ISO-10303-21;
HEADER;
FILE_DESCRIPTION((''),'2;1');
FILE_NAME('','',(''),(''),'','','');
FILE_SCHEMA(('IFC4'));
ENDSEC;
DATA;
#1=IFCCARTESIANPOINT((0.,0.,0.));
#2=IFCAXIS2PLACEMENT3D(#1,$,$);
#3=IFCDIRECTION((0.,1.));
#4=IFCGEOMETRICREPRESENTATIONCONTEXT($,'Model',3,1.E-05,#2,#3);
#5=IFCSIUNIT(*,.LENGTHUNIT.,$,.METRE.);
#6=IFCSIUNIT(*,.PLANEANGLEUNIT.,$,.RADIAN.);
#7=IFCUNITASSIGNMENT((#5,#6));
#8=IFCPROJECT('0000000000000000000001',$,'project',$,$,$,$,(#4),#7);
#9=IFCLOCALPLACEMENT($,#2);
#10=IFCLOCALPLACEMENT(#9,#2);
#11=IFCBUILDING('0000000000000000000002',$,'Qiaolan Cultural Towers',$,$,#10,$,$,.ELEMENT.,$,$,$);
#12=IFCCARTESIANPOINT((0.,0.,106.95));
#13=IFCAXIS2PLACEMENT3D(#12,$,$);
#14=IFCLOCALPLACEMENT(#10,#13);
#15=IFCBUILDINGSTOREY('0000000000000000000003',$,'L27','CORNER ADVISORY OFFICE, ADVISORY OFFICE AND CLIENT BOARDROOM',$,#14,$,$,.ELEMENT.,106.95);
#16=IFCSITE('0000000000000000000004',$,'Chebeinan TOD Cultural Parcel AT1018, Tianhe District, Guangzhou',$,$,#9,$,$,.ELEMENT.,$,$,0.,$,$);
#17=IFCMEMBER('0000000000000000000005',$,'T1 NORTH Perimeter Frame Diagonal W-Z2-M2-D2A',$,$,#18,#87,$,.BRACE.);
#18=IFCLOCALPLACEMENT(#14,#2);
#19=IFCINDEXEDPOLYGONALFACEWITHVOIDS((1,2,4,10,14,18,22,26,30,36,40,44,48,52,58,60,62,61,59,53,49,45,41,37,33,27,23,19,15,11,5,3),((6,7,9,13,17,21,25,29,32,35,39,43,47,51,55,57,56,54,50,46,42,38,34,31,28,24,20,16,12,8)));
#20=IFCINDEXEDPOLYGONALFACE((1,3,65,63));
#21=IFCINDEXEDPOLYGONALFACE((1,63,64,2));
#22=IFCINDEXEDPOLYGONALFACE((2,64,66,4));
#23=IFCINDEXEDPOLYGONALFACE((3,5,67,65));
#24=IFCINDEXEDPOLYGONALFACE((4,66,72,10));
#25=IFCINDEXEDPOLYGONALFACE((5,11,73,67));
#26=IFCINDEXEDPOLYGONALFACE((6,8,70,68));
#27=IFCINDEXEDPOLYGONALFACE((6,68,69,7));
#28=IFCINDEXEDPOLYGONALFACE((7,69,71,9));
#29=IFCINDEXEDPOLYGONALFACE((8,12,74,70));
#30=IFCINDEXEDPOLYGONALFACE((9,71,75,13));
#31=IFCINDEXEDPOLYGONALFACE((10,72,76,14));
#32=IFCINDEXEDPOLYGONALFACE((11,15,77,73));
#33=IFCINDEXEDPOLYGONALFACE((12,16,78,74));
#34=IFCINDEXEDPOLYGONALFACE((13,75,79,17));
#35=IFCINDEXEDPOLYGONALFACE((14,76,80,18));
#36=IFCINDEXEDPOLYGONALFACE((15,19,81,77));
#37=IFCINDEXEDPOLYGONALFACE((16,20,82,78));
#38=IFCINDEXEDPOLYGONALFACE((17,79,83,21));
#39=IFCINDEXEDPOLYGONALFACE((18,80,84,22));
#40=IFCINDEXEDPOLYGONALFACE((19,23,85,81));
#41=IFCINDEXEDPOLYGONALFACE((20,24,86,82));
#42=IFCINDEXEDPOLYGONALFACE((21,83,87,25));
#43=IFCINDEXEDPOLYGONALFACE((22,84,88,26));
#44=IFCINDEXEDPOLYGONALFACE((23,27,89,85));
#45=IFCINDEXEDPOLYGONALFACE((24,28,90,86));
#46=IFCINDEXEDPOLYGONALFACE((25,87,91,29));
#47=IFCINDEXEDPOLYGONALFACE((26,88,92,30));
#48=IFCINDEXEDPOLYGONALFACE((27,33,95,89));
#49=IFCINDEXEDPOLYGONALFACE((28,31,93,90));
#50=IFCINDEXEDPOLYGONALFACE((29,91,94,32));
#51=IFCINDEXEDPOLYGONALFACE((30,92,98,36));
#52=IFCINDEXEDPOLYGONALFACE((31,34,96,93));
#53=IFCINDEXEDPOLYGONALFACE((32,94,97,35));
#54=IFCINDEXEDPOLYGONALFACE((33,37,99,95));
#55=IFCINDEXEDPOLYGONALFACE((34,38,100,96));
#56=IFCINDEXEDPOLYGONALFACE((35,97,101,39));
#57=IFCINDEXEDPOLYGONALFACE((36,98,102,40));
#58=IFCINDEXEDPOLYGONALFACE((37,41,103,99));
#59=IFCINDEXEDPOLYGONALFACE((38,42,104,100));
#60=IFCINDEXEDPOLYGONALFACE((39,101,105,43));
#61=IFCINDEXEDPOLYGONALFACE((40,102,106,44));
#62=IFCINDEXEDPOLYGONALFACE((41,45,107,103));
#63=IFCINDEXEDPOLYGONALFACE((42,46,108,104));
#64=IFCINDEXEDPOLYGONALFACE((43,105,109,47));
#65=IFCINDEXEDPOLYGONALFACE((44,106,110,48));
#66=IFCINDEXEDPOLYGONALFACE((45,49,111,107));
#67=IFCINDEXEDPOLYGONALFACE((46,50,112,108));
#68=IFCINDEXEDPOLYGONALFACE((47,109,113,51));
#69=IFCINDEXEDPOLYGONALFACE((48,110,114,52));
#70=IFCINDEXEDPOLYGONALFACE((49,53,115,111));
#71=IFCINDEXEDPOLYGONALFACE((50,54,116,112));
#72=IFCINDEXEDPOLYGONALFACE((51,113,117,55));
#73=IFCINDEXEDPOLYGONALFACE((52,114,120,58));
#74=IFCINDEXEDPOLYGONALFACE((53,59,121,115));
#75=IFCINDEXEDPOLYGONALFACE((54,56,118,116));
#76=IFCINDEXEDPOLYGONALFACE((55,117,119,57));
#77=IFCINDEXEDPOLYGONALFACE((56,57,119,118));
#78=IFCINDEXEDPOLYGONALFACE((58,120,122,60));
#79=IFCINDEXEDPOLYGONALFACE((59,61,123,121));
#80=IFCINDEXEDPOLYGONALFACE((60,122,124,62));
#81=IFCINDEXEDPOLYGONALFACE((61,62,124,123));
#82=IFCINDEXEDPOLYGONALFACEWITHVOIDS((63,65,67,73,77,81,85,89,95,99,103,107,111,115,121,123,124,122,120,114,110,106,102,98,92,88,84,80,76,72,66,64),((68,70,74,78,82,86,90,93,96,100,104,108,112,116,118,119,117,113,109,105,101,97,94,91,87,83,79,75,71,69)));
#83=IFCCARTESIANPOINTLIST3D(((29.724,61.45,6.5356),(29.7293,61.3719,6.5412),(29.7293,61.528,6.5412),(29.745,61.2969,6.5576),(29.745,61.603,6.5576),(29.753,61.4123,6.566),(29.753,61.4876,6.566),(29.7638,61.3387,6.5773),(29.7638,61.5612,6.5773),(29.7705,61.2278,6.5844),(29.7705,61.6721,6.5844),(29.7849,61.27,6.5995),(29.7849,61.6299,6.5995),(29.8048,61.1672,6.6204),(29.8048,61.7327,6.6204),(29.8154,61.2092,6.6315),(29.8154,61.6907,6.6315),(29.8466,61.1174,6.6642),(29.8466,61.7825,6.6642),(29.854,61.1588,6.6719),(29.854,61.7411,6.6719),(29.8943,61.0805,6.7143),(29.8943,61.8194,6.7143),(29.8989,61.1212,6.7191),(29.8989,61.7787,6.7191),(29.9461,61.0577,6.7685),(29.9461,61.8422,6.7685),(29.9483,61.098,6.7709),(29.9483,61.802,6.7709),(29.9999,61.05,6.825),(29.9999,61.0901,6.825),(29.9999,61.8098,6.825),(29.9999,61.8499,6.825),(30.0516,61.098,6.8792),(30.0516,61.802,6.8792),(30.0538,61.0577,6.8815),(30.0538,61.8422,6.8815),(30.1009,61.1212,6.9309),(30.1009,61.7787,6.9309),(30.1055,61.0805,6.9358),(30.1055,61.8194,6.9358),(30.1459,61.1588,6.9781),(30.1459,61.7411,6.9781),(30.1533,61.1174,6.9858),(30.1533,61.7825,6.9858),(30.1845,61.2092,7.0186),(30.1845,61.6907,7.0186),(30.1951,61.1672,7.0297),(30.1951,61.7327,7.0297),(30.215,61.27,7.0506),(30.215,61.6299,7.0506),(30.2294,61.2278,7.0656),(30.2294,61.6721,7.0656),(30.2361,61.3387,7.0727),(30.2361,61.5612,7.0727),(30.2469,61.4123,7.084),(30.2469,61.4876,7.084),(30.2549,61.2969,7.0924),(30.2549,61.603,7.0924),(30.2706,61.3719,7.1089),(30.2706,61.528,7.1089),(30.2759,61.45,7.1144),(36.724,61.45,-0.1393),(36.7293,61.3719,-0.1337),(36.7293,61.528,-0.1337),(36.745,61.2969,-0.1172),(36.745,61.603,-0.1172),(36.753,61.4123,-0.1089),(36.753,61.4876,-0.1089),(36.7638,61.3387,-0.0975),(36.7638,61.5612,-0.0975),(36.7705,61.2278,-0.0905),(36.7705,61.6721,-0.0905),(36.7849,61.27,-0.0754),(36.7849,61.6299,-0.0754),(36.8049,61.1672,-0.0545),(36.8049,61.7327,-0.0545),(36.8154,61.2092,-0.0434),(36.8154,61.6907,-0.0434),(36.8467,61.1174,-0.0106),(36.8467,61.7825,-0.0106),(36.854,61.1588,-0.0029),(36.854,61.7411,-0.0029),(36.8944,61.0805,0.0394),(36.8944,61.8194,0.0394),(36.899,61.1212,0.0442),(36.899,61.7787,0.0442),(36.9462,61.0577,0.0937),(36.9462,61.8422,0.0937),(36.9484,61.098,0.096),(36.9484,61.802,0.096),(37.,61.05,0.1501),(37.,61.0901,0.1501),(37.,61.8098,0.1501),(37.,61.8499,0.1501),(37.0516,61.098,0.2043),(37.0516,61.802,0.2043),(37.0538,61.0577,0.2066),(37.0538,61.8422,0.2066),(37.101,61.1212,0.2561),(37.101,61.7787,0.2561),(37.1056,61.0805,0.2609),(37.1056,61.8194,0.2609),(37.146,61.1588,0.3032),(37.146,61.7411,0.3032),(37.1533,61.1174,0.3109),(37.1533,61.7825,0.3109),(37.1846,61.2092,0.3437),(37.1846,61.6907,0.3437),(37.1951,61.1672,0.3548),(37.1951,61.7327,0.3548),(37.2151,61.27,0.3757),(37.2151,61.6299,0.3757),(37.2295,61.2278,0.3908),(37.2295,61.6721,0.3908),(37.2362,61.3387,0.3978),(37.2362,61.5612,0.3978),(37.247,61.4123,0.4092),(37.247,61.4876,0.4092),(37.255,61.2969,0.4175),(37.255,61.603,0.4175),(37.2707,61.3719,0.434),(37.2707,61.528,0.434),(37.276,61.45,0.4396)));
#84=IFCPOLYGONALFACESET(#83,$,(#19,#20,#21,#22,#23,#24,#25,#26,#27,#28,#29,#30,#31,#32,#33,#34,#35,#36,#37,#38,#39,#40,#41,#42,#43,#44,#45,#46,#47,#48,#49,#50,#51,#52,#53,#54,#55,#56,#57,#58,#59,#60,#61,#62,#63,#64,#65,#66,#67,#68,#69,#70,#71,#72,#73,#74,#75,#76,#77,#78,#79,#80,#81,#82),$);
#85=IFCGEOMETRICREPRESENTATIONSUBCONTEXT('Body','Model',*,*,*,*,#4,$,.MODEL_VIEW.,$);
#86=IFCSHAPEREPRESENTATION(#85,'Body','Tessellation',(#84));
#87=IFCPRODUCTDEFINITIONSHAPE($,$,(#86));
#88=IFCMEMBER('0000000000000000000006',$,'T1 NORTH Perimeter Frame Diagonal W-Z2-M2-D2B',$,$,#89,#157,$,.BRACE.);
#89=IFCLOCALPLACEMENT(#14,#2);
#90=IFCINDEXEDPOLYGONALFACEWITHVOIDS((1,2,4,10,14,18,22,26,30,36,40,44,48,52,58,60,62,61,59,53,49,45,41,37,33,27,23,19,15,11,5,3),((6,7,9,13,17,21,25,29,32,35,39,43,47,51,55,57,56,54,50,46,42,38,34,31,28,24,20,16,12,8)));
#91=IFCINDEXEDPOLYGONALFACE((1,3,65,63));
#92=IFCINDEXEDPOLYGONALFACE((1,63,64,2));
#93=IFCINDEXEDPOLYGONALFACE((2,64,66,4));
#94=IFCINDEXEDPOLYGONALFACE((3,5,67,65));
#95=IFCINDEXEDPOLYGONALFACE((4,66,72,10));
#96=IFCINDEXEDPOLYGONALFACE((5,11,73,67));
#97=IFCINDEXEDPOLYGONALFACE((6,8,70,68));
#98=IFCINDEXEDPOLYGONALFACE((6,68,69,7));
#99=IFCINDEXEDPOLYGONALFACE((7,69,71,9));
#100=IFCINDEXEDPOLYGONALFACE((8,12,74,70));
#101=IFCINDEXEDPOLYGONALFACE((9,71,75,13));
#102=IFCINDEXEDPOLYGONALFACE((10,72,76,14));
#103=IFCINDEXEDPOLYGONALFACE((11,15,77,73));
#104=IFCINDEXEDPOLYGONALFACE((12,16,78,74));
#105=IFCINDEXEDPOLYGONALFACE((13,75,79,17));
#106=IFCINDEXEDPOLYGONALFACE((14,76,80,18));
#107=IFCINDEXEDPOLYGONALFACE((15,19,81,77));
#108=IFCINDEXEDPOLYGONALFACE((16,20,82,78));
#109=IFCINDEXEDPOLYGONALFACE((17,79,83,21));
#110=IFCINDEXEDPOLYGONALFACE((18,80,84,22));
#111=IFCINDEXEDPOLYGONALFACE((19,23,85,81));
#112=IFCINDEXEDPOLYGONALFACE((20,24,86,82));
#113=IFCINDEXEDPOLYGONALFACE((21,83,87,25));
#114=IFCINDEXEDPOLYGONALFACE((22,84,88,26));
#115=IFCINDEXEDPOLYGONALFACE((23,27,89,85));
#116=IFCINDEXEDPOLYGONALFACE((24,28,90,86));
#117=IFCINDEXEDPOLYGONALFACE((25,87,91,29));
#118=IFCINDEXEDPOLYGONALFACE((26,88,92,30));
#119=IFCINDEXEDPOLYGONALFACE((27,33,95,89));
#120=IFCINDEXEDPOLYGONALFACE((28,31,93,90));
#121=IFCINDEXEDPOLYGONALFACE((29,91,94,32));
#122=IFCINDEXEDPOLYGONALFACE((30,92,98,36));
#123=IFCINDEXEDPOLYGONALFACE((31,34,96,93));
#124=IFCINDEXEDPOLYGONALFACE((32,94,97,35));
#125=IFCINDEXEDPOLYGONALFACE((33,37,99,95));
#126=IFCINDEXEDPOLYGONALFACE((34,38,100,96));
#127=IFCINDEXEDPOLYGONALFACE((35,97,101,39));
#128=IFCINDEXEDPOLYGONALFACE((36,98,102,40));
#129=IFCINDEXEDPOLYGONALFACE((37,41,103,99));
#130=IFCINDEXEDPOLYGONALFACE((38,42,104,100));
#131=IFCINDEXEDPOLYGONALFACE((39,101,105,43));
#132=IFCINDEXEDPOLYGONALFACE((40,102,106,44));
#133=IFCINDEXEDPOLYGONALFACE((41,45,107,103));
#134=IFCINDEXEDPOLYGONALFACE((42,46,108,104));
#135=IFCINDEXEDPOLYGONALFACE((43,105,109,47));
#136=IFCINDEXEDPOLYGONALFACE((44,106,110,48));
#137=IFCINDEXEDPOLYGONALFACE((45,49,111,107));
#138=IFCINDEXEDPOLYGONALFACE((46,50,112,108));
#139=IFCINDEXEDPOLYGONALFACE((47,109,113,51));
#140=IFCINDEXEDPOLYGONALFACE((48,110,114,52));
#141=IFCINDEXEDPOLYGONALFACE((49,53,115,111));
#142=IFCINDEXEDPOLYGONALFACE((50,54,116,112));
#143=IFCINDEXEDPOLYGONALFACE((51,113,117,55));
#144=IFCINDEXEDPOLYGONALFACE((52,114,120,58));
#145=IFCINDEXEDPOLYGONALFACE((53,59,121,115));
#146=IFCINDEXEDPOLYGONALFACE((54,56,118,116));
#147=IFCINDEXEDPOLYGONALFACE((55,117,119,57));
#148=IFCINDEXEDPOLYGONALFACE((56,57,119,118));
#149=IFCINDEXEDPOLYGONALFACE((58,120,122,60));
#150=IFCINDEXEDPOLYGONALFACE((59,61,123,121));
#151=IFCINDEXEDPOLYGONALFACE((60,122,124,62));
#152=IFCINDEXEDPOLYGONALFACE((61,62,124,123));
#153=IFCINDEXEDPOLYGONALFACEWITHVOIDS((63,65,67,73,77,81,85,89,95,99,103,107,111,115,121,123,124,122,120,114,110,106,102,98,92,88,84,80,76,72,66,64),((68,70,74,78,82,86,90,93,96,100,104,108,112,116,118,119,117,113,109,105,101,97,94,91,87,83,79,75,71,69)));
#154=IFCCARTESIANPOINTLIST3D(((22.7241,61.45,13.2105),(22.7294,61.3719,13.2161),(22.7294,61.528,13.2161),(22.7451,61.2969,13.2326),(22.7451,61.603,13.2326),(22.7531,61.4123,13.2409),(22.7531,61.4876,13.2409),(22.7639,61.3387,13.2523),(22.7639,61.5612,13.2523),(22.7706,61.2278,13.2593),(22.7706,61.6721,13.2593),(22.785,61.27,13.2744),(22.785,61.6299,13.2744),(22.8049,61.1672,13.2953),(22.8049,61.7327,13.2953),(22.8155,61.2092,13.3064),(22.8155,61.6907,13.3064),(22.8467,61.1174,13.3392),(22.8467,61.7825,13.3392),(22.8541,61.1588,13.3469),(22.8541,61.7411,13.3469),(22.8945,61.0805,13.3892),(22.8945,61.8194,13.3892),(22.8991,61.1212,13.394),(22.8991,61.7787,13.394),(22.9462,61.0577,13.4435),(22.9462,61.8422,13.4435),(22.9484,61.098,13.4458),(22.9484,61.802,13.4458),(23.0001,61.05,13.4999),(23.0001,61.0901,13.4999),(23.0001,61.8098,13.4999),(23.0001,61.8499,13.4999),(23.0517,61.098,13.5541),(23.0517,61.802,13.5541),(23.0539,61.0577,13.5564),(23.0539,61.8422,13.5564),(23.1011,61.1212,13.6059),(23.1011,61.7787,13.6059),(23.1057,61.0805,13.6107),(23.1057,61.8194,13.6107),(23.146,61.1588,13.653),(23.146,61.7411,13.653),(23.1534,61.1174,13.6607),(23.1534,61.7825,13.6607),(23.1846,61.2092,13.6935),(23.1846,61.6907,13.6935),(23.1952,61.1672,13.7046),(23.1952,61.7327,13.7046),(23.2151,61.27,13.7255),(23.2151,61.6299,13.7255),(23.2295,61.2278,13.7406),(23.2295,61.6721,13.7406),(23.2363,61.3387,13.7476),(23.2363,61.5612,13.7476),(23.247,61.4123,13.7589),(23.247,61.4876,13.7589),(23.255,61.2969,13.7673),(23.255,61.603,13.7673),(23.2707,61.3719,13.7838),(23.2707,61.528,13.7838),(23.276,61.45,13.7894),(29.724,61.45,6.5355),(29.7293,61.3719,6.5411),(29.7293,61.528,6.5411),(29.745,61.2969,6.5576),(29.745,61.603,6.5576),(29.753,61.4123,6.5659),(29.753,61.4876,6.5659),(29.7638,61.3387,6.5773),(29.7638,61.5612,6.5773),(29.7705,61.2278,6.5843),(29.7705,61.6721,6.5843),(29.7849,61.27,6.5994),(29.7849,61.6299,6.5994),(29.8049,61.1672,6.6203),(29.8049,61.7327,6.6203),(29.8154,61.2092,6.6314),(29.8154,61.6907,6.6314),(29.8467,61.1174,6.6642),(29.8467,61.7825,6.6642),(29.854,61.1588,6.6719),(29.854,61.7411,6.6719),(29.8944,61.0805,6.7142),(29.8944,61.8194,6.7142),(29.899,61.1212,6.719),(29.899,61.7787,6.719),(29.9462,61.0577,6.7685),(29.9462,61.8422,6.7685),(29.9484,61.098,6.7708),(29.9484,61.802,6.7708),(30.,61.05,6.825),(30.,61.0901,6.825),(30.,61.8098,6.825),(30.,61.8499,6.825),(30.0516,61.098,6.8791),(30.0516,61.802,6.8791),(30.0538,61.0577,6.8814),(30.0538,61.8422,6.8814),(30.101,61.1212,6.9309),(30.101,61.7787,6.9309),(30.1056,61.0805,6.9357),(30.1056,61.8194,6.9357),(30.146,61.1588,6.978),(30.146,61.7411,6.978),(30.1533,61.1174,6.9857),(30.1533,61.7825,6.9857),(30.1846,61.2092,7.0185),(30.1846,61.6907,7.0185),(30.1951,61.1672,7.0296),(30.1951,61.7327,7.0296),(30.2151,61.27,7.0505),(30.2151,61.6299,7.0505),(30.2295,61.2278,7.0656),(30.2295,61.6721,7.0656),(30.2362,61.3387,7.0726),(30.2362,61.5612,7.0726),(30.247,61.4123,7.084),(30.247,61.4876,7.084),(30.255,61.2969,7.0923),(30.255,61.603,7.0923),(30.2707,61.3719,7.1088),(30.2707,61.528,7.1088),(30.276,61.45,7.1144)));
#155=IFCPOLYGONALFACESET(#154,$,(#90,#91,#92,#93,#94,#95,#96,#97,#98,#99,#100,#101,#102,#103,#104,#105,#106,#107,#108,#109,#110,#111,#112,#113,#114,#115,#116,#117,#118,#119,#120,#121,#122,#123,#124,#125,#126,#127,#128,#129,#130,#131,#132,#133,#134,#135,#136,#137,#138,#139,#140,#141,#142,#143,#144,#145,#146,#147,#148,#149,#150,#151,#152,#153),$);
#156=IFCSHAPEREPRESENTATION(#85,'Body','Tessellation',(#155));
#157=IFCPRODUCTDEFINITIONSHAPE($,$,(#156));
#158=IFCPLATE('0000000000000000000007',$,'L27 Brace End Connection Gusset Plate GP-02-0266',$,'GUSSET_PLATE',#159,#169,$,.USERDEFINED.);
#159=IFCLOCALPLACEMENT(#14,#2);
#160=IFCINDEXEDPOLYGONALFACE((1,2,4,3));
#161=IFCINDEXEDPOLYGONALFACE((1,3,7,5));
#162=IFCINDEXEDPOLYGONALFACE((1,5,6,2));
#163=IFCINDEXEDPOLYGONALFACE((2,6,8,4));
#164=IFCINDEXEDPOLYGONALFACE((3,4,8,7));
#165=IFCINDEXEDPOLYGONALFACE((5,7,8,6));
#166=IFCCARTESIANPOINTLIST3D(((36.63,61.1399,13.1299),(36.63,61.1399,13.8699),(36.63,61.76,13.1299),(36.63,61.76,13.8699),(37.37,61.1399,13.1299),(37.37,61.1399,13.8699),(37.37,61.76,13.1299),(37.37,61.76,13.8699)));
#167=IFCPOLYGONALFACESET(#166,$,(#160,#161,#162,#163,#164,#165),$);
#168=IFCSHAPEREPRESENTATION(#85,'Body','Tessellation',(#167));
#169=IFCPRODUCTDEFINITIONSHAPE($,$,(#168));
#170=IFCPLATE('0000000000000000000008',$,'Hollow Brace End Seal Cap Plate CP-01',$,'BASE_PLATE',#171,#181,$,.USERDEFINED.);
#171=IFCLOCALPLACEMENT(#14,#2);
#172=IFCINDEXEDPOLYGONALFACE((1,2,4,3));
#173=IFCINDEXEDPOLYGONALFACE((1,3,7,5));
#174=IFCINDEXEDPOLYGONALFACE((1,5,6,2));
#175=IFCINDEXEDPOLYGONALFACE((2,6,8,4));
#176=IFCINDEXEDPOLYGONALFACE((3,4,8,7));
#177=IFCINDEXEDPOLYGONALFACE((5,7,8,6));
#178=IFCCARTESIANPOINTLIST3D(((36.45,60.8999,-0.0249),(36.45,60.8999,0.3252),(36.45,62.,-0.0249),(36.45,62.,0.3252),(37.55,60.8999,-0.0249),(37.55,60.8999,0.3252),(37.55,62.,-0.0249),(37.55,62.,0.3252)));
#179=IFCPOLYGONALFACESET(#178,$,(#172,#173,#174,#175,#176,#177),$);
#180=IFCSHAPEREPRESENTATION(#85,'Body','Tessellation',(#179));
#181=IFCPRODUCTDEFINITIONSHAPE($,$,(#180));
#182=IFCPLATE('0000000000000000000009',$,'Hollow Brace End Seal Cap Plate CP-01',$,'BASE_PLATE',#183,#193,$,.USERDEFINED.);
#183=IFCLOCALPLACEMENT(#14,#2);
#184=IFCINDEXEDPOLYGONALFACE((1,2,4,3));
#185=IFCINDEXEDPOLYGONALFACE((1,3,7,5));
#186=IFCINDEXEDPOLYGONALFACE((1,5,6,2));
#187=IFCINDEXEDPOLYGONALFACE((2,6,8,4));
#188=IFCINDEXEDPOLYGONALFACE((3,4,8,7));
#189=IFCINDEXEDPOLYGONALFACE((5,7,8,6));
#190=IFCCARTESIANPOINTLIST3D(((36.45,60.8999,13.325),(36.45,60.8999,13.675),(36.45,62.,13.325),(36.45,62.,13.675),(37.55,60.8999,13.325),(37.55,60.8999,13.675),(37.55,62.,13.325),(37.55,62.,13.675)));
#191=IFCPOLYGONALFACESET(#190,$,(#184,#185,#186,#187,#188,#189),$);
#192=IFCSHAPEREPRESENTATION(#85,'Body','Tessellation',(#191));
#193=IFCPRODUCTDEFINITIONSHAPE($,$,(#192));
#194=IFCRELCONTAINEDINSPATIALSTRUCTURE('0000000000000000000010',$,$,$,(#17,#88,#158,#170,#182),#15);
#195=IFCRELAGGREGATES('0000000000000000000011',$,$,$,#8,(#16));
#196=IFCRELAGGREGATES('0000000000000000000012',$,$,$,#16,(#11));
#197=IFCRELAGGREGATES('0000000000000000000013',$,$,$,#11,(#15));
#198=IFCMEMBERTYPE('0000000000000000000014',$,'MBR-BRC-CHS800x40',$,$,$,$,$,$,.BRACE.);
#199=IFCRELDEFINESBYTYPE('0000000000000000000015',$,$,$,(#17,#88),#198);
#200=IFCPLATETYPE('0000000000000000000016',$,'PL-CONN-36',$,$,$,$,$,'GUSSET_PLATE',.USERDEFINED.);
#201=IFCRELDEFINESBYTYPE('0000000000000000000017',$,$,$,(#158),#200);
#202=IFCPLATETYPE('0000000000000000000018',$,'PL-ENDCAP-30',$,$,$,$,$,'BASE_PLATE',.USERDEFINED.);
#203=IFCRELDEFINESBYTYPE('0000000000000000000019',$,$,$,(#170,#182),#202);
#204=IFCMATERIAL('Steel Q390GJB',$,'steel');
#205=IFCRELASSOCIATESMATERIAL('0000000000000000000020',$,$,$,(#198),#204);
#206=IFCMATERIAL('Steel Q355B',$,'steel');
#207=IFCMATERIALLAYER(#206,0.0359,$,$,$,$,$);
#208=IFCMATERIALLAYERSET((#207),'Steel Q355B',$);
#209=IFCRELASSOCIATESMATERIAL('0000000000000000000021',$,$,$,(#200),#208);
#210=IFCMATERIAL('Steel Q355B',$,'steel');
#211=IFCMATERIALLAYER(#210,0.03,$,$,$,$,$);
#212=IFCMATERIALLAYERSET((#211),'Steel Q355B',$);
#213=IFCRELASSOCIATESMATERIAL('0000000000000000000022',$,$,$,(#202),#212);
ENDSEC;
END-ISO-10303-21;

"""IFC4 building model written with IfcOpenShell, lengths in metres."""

from ifc_helpers import new_model, si_unit, direction, frame, origin, origin_2d, place, context, subcontext, project, spatial, rectangle, hollow_circle, extrude, material, layer, layer_set, material_profile, profile_set, type_object, element, save


model = new_model("IFC4")

# Units and contexts
model_context = context("Model", 3, precision=1e-05, world=origin(), true_north=direction((0.0, 1.0)))
body_context = subcontext(model_context, "Body", "Model", "MODEL_VIEW")
ifc_project = project(units=[si_unit("LENGTHUNIT", "METRE"), si_unit("PLANEANGLEUNIT", "RADIAN")], contexts=[model_context])

# Site, building, storey
site_placement = place(None, origin())
site = spatial("IfcSite", under=ifc_project, at=site_placement, Name="Chebeinan TOD Cultural Parcel AT1018, Tianhe District, Guangzhou", CompositionType="ELEMENT", RefElevation=0.0)
building_placement = place(site_placement, origin())
building = spatial("IfcBuilding", under=site, at=building_placement, Name="Qiaolan Cultural Towers", CompositionType="ELEMENT")
storey_placement = place(building_placement, frame((0.0, 0.0, 106.95)))
storey = spatial("IfcBuildingStorey", under=building, at=storey_placement, Name="L27", Description="CORNER ADVISORY OFFICE, ADVISORY OFFICE AND CLIENT BOARDROOM", CompositionType="ELEMENT", Elevation=106.95)

# Members
ifc_material_1 = material(Name="Steel Q390GJB", Category="steel")
ifc_material_profile_1 = material_profile(ifc_material_1, hollow_circle(Radius=0.3999, WallThickness=0.04, at=origin_2d()), Name="CHS800x40")
ifc_profile_set_1 = profile_set([ifc_material_profile_1], Name="Steel Q390GJB")
member_type = type_object("IfcMemberType", Name="MBR-BRC-CHS800x40", PredefinedType="BRACE", material=ifc_profile_set_1)
for number, where, z_axis, x_axis, name in (
    (1, (37.0, 61.45, 0.1501), (-0.723718, 0.0, 0.690096), (0.0, -1.0, 0.0), "T1 NORTH Perimeter Frame Diagonal W-Z2-M2-D2A"),
    (2, (30.0, 61.45, 6.825), (-0.723705, 0.0, 0.690109), (0.0, -1.0, 0.0), "T1 NORTH Perimeter Frame Diagonal W-Z2-M2-D2B"),
):
    element("IfcMember", number, at=place(storey_placement, frame(where, z_axis=z_axis, x_axis=x_axis)), inside=storey, type_object=member_type, Name=name, PredefinedType="BRACE", context=body_context, shape_type="SweptSolid", body=[
        extrude(hollow_circle(Radius=0.3999, WallThickness=0.04, at=origin_2d()), origin(), (0.0, 0.0, 1.0), 9.6724),
    ])

# Plates
ifc_material_2 = material(Name="Steel Q355B", Category="steel")
ifc_layer_1 = layer(ifc_material_2, 0.0359)
ifc_layer_set_1 = layer_set([ifc_layer_1], Name="Steel Q355B")
plate_type_1 = type_object("IfcPlateType", Name="PL-CONN-36", ElementType="GUSSET_PLATE", PredefinedType="USERDEFINED", material=ifc_layer_set_1)
plate_1_placement = place(storey_placement, frame((37.0, 61.45, 13.1299), z_axis=(0.0, 0.0, 1.0), x_axis=(1.0, 0.0, 0.0)))
element("IfcPlate", 3, at=plate_1_placement, inside=storey, type_object=plate_type_1, Name="L27 Brace End Connection Gusset Plate GP-02-0266", ObjectType="GUSSET_PLATE", PredefinedType="USERDEFINED", context=body_context, shape_type="SweptSolid", body=[
    extrude(rectangle(XDim=0.74, YDim=0.6201, at=origin_2d()), origin(), (0.0, 0.0, 1.0), 0.74),
])
ifc_material_3 = material(Name="Steel Q355B", Category="steel")
ifc_layer_2 = layer(ifc_material_3, 0.03)
ifc_layer_set_2 = layer_set([ifc_layer_2], Name="Steel Q355B")
plate_type_2 = type_object("IfcPlateType", Name="PL-ENDCAP-30", ElementType="BASE_PLATE", PredefinedType="USERDEFINED", material=ifc_layer_set_2)
for number, where, z_axis, x_axis, name in (
    (4, (37.0, 61.45, -0.0249), (0.0, 0.0, 1.0), (1.0, 0.0, 0.0), "Hollow Brace End Seal Cap Plate CP-01"),
    (5, (37.0, 61.45, 13.325), (0.0, 0.0, 1.0), (1.0, 0.0, 0.0), "Hollow Brace End Seal Cap Plate CP-01"),
):
    element("IfcPlate", number, at=place(storey_placement, frame(where, z_axis=z_axis, x_axis=x_axis)), inside=storey, type_object=plate_type_2, Name=name, ObjectType="BASE_PLATE", PredefinedType="USERDEFINED", context=body_context, shape_type="SweptSolid", body=[
        extrude(rectangle(XDim=1.1001, YDim=1.1001, at=origin_2d()), origin(), (0.0, 0.0, 1.0), 0.3501),
    ])

save(model, "model.ifc")
